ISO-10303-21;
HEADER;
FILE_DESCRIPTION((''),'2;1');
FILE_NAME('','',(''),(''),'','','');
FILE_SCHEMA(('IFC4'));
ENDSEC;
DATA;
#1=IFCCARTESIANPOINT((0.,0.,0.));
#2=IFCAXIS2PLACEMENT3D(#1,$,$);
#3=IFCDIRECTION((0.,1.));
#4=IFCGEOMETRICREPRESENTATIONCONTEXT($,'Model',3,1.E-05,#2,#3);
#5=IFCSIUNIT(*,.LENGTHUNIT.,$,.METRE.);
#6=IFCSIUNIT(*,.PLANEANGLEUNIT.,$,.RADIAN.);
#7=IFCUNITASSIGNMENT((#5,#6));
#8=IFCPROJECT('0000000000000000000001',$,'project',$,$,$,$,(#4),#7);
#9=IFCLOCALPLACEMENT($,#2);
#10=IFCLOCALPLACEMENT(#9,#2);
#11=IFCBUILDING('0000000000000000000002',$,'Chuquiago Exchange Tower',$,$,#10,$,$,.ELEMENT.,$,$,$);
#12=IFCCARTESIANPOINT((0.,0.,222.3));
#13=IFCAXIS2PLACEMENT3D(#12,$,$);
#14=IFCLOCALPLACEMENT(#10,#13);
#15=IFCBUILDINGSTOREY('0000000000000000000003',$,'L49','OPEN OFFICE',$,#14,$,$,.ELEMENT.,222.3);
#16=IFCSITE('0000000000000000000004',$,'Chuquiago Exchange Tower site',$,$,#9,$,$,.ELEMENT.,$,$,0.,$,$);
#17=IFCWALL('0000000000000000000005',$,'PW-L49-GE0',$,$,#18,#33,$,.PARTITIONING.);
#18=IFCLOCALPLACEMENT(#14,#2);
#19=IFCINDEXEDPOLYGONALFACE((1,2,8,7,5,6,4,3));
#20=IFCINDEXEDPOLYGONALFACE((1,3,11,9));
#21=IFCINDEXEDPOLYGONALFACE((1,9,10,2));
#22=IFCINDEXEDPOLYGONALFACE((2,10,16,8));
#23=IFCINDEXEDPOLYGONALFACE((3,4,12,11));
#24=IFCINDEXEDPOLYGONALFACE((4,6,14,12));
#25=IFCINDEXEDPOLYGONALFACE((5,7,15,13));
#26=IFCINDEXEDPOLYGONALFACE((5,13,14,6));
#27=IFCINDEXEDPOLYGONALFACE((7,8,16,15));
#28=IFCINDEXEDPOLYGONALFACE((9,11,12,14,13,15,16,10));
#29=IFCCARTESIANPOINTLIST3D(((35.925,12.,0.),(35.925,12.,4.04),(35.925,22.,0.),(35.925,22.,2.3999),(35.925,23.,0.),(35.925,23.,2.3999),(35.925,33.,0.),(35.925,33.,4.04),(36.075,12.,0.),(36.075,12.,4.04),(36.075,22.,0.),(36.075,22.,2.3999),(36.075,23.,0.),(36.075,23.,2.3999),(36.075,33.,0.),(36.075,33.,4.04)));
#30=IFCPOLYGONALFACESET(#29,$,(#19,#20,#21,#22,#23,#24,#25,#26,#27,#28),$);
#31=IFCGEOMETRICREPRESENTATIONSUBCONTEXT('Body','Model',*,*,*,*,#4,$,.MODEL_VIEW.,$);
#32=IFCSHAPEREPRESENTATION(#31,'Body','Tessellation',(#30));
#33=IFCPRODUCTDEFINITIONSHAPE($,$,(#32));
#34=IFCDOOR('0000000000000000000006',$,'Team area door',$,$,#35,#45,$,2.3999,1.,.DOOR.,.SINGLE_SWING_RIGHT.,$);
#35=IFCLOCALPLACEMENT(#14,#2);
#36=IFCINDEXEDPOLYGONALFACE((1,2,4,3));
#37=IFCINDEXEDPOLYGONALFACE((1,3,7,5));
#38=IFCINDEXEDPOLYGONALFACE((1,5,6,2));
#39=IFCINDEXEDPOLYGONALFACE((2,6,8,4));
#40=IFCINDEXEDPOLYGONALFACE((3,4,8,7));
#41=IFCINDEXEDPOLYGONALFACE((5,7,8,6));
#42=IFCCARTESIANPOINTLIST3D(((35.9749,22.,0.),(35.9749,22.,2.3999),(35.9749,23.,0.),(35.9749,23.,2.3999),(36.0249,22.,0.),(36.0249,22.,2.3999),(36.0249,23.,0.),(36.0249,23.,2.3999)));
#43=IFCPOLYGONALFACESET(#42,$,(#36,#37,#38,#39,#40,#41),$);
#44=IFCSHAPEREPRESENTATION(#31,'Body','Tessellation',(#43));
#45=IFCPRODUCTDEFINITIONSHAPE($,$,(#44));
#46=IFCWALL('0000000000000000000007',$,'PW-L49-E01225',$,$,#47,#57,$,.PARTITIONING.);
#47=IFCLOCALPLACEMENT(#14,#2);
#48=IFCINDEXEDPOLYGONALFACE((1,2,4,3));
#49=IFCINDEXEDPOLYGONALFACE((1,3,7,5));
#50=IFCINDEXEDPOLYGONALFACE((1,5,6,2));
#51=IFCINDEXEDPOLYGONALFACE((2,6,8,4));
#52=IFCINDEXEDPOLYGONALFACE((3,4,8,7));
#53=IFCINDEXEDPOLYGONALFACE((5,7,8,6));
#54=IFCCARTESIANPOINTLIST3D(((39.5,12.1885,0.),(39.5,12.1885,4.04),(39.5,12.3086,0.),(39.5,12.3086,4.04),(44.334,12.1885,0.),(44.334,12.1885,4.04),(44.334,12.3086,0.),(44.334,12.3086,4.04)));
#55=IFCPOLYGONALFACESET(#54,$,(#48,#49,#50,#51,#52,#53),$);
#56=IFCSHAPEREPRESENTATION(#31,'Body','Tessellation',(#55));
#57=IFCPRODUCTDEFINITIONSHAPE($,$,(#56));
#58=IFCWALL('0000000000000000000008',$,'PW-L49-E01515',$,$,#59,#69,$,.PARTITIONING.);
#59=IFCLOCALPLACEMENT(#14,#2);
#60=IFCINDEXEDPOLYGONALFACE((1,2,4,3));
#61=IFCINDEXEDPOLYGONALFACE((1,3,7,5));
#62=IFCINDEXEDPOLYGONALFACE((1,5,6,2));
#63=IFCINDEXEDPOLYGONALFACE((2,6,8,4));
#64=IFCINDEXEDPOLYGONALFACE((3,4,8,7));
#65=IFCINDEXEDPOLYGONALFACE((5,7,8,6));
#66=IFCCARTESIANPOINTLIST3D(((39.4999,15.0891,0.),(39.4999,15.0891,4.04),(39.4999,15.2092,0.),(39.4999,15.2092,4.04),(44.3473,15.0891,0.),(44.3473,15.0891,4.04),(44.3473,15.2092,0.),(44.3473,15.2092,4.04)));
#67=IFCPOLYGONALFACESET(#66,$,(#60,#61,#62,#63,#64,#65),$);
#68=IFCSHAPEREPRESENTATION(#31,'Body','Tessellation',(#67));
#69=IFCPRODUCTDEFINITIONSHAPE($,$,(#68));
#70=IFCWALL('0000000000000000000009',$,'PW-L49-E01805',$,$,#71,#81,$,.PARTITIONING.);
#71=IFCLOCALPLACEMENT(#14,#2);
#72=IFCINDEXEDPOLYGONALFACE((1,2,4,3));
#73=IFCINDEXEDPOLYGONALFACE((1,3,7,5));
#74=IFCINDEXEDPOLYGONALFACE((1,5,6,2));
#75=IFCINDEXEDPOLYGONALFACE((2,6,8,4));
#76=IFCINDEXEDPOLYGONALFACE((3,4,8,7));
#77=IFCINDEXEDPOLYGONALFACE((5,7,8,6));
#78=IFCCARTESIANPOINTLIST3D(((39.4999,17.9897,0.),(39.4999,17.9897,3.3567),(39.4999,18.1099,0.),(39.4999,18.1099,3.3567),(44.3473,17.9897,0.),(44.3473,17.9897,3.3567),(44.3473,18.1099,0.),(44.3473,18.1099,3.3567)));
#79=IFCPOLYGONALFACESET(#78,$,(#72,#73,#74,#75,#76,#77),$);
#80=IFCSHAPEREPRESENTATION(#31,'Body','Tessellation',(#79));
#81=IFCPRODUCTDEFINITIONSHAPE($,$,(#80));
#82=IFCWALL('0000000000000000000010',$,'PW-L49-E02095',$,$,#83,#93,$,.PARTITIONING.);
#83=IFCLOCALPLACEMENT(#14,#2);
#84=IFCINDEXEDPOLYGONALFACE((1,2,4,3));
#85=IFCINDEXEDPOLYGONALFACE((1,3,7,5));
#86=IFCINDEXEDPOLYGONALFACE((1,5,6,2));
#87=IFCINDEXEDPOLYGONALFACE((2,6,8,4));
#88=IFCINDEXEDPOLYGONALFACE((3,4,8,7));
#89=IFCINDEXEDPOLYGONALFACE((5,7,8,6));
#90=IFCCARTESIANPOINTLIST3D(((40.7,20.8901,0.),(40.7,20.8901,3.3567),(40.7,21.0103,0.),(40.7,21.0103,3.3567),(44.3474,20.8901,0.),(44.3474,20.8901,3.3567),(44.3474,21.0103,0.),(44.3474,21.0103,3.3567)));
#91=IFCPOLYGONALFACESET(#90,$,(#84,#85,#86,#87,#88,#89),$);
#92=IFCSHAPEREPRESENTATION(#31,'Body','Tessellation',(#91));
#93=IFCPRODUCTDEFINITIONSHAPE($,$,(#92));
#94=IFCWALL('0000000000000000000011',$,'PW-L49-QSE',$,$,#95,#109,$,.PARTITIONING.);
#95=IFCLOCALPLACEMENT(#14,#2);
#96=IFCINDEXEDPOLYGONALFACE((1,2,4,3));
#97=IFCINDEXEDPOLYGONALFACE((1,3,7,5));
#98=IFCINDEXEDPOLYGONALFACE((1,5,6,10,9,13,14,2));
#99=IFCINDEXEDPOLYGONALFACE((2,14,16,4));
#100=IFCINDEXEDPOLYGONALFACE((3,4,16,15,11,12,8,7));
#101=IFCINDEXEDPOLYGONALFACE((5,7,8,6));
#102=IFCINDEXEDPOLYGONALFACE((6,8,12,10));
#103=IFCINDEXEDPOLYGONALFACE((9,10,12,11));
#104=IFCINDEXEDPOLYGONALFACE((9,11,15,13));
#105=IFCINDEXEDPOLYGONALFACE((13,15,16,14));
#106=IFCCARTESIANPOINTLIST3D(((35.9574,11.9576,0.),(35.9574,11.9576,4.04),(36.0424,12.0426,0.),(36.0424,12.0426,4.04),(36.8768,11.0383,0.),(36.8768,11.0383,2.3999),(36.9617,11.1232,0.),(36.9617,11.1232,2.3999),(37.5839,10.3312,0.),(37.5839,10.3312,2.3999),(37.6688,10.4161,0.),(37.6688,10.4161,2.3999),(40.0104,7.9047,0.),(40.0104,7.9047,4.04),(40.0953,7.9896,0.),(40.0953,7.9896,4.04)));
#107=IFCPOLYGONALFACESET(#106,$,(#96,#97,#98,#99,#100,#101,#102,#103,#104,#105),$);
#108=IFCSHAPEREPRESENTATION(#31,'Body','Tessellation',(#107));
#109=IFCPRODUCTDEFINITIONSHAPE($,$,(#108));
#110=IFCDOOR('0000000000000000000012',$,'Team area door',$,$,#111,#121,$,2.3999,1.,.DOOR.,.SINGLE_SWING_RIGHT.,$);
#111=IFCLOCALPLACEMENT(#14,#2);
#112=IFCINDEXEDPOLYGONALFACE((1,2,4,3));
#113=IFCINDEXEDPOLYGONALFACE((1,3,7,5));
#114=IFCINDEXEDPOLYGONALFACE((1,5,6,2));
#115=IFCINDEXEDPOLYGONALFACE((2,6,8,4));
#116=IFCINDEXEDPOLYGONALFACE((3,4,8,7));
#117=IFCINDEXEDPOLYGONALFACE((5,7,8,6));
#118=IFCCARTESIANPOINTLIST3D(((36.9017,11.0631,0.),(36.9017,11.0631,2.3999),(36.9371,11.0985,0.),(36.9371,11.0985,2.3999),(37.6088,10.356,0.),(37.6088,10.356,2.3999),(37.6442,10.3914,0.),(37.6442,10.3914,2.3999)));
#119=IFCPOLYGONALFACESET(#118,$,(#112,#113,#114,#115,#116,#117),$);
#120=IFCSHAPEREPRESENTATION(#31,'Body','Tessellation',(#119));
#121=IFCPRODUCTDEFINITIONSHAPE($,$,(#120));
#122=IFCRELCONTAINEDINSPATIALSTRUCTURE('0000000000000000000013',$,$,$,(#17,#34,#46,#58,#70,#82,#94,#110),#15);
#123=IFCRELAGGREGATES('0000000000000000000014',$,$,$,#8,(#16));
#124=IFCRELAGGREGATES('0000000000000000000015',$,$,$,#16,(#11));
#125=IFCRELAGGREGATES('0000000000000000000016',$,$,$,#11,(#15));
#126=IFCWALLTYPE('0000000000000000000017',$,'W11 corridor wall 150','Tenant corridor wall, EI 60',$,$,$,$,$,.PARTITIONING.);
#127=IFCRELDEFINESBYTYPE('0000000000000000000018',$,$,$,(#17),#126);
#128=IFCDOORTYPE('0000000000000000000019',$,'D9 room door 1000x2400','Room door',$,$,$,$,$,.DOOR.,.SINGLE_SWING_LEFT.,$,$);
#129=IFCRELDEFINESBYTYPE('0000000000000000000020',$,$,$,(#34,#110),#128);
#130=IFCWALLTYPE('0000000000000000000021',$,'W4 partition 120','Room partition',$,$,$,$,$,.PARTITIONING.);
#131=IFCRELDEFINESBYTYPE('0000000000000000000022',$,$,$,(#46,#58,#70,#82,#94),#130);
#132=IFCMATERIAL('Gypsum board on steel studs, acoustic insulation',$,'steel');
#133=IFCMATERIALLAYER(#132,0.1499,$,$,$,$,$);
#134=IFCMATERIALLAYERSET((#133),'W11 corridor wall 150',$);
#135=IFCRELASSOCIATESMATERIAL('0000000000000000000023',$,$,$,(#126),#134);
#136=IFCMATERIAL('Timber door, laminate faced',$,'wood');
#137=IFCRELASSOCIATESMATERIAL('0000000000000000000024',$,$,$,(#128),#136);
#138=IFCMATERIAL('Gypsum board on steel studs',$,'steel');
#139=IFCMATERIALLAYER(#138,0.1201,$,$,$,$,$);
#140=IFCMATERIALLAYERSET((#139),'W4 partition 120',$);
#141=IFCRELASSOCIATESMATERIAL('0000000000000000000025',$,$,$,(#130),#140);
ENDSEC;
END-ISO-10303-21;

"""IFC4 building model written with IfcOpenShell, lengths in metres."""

from ifc_helpers import new_model, si_unit, direction, frame, frame_2d, origin, place, context, subcontext, project, spatial, rectangle, extrude, material, layer, layer_set, type_object, element, fill, save


model = new_model("IFC4")

# Units and contexts
model_context = context("Model", 3, precision=1e-05, world=origin(), true_north=direction((0.0, 1.0)))
body_context = subcontext(model_context, "Body", "Model", "MODEL_VIEW")
ifc_project = project(units=[si_unit("LENGTHUNIT", "METRE"), si_unit("PLANEANGLEUNIT", "RADIAN")], contexts=[model_context])

# Site, building, storey
site_placement = place(None, origin())
site = spatial("IfcSite", under=ifc_project, at=site_placement, Name="Chuquiago Exchange Tower site", CompositionType="ELEMENT", RefElevation=0.0)
building_placement = place(site_placement, origin())
building = spatial("IfcBuilding", under=site, at=building_placement, Name="Chuquiago Exchange Tower", CompositionType="ELEMENT")
storey_placement = place(building_placement, frame((0.0, 0.0, 222.3)))
storey = spatial("IfcBuildingStorey", under=building, at=storey_placement, Name="L49", Description="OPEN OFFICE", CompositionType="ELEMENT", Elevation=222.3)

# Wall, opening, door
ifc_material_1 = material(Name="Gypsum board on steel studs, acoustic insulation", Category="steel")
ifc_layer_1 = layer(ifc_material_1, 0.1499)
ifc_layer_set_1 = layer_set([ifc_layer_1], Name="W11 corridor wall 150")
wall_type_1 = type_object("IfcWallType", Name="W11 corridor wall 150", Description="Tenant corridor wall, EI 60", PredefinedType="PARTITIONING", material=ifc_layer_set_1)
wall_1_placement = place(storey_placement, frame((36.0, 12.0, 0.0), z_axis=(0.0, 0.0, 1.0), x_axis=(0.0, 1.0, 0.0)))
wall_1 = element("IfcWall", 1, at=wall_1_placement, inside=storey, type_object=wall_type_1, Name="PW-L49-GE0", PredefinedType="PARTITIONING", context=body_context, shape_type="SweptSolid", body=[
    extrude(rectangle(XDim=21.0, YDim=0.1499, at=frame_2d((10.5, 0.0))), origin(), (0.0, 0.0, 1.0), 4.04),
])
opening_1_placement = place(wall_1_placement, frame((10.0, 0.0, 0.0)))
opening_1 = element("IfcOpeningElement", 2, at=opening_1_placement, cuts=wall_1, PredefinedType="OPENING", context=body_context, shape_type="SweptSolid", body=[
    extrude(rectangle(XDim=1.0, YDim=2.3999, at=frame_2d((0.5, 1.2))), frame((0.0, 0.085, 0.0), z_axis=(0.0, -1.0, 0.0), x_axis=(1.0, 0.0, 0.0)), (0.0, 0.0, 1.0), 0.1699),
])
ifc_material_2 = material(Name="Timber door, laminate faced", Category="wood")
door_type_1 = type_object("IfcDoorType", Name="D9 room door 1000x2400", Description="Room door", OperationType="SINGLE_SWING_LEFT", PredefinedType="DOOR", material=ifc_material_2)
door_1_placement = place(opening_1_placement, frame((1.0, 0.0, 0.0), z_axis=(0.0, 0.0, 1.0), x_axis=(-1.0, 0.0, 0.0)))
door_1 = element("IfcDoor", 3, at=door_1_placement, inside=storey, type_object=door_type_1, Name="Team area door", OperationType="SINGLE_SWING_RIGHT", OverallHeight=2.3999, OverallWidth=1.0, PredefinedType="DOOR", context=body_context, shape_type="SweptSolid", body=[
    extrude(rectangle(XDim=1.0, YDim=2.3999, at=frame_2d((0.5, 1.2))), frame((0.0, 0.0249, 0.0), z_axis=(0.0, -1.0, 0.0), x_axis=(1.0, 0.0, 0.0)), (0.0, 0.0, 1.0), 0.05),
])
fill(opening_1, door_1)

# Walls
ifc_material_3 = material(Name="Gypsum board on steel studs", Category="steel")
ifc_layer_2 = layer(ifc_material_3, 0.1201)
ifc_layer_set_2 = layer_set([ifc_layer_2], Name="W4 partition 120")
wall_type_2 = type_object("IfcWallType", Name="W4 partition 120", Description="Room partition", PredefinedType="PARTITIONING", material=ifc_layer_set_2)
wall_2_placement = place(storey_placement, frame((44.334, 12.2485, 0.0), z_axis=(0.0, 0.0, 1.0), x_axis=(-1.0, 0.0, 0.0)))
element("IfcWall", 4, at=wall_2_placement, inside=storey, type_object=wall_type_2, Name="PW-L49-E01225", PredefinedType="PARTITIONING", context=body_context, shape_type="SweptSolid", body=[
    extrude(rectangle(XDim=4.834, YDim=0.1201, at=frame_2d((2.417, 0.0))), origin(), (0.0, 0.0, 1.0), 4.04),
])
wall_3_placement = place(storey_placement, frame((44.3474, 15.1492, 0.0), z_axis=(0.0, 0.0, 1.0), x_axis=(-1.0, 0.0, 0.0)))
element("IfcWall", 5, at=wall_3_placement, inside=storey, type_object=wall_type_2, Name="PW-L49-E01515", PredefinedType="PARTITIONING", context=body_context, shape_type="SweptSolid", body=[
    extrude(rectangle(XDim=4.8474, YDim=0.1201, at=frame_2d((2.4238, 0.0))), origin(), (0.0, 0.0, 1.0), 4.04),
])
wall_4_placement = place(storey_placement, frame((44.3474, 18.0498, 0.0), z_axis=(0.0, 0.0, 1.0), x_axis=(-1.0, 0.0, 0.0)))
element("IfcWall", 6, at=wall_4_placement, inside=storey, type_object=wall_type_2, Name="PW-L49-E01805", PredefinedType="PARTITIONING", context=body_context, shape_type="SweptSolid", body=[
    extrude(rectangle(XDim=4.8474, YDim=0.1201, at=frame_2d((2.4238, 0.0))), origin(), (0.0, 0.0, 1.0), 3.3567),
])
wall_5_placement = place(storey_placement, frame((44.3474, 20.9502, 0.0), z_axis=(0.0, 0.0, 1.0), x_axis=(-1.0, 0.0, 0.0)))
element("IfcWall", 7, at=wall_5_placement, inside=storey, type_object=wall_type_2, Name="PW-L49-E02095", PredefinedType="PARTITIONING", context=body_context, shape_type="SweptSolid", body=[
    extrude(rectangle(XDim=3.6475, YDim=0.1201, at=frame_2d((1.8237, 0.0))), origin(), (0.0, 0.0, 1.0), 3.3567),
])

# Wall, opening, door
wall_6_placement = place(storey_placement, frame((36.0, 12.0, 0.0), z_axis=(0.0, 0.0, 1.0), x_axis=(0.707107, -0.707107, 0.0)))
wall_6 = element("IfcWall", 8, at=wall_6_placement, inside=storey, type_object=wall_type_2, Name="PW-L49-QSE", PredefinedType="PARTITIONING", context=body_context, shape_type="SweptSolid", body=[
    extrude(rectangle(XDim=5.7317, YDim=0.1201, at=frame_2d((2.8657, 0.0))), origin(), (0.0, 0.0, 1.0), 4.04),
])
opening_2_placement = place(wall_6_placement, frame((1.3, 0.0, 0.0)))
opening_2 = element("IfcOpeningElement", 9, at=opening_2_placement, cuts=wall_6, PredefinedType="OPENING", context=body_context, shape_type="SweptSolid", body=[
    extrude(rectangle(XDim=1.0, YDim=2.3999, at=frame_2d((0.5, 1.2))), frame((0.0, 0.0701, 0.0), z_axis=(0.0, -1.0, 0.0), x_axis=(1.0, 0.0, 0.0)), (0.0, 0.0, 1.0), 0.1401),
])
door_2_placement = place(opening_2_placement, frame((1.0, 0.0, 0.0), z_axis=(0.0, 0.0, 1.0), x_axis=(-1.0, 0.0, 0.0)))
door_2 = element("IfcDoor", 10, at=door_2_placement, inside=storey, type_object=door_type_1, Name="Team area door", OperationType="SINGLE_SWING_RIGHT", OverallHeight=2.3999, OverallWidth=1.0, PredefinedType="DOOR", context=body_context, shape_type="SweptSolid", body=[
    extrude(rectangle(XDim=1.0, YDim=2.3999, at=frame_2d((0.5, 1.2))), frame((0.0, 0.0249, 0.0), z_axis=(0.0, -1.0, 0.0), x_axis=(1.0, 0.0, 0.0)), (0.0, 0.0, 1.0), 0.05),
])
fill(opening_2, door_2)

save(model, "model.ifc")
